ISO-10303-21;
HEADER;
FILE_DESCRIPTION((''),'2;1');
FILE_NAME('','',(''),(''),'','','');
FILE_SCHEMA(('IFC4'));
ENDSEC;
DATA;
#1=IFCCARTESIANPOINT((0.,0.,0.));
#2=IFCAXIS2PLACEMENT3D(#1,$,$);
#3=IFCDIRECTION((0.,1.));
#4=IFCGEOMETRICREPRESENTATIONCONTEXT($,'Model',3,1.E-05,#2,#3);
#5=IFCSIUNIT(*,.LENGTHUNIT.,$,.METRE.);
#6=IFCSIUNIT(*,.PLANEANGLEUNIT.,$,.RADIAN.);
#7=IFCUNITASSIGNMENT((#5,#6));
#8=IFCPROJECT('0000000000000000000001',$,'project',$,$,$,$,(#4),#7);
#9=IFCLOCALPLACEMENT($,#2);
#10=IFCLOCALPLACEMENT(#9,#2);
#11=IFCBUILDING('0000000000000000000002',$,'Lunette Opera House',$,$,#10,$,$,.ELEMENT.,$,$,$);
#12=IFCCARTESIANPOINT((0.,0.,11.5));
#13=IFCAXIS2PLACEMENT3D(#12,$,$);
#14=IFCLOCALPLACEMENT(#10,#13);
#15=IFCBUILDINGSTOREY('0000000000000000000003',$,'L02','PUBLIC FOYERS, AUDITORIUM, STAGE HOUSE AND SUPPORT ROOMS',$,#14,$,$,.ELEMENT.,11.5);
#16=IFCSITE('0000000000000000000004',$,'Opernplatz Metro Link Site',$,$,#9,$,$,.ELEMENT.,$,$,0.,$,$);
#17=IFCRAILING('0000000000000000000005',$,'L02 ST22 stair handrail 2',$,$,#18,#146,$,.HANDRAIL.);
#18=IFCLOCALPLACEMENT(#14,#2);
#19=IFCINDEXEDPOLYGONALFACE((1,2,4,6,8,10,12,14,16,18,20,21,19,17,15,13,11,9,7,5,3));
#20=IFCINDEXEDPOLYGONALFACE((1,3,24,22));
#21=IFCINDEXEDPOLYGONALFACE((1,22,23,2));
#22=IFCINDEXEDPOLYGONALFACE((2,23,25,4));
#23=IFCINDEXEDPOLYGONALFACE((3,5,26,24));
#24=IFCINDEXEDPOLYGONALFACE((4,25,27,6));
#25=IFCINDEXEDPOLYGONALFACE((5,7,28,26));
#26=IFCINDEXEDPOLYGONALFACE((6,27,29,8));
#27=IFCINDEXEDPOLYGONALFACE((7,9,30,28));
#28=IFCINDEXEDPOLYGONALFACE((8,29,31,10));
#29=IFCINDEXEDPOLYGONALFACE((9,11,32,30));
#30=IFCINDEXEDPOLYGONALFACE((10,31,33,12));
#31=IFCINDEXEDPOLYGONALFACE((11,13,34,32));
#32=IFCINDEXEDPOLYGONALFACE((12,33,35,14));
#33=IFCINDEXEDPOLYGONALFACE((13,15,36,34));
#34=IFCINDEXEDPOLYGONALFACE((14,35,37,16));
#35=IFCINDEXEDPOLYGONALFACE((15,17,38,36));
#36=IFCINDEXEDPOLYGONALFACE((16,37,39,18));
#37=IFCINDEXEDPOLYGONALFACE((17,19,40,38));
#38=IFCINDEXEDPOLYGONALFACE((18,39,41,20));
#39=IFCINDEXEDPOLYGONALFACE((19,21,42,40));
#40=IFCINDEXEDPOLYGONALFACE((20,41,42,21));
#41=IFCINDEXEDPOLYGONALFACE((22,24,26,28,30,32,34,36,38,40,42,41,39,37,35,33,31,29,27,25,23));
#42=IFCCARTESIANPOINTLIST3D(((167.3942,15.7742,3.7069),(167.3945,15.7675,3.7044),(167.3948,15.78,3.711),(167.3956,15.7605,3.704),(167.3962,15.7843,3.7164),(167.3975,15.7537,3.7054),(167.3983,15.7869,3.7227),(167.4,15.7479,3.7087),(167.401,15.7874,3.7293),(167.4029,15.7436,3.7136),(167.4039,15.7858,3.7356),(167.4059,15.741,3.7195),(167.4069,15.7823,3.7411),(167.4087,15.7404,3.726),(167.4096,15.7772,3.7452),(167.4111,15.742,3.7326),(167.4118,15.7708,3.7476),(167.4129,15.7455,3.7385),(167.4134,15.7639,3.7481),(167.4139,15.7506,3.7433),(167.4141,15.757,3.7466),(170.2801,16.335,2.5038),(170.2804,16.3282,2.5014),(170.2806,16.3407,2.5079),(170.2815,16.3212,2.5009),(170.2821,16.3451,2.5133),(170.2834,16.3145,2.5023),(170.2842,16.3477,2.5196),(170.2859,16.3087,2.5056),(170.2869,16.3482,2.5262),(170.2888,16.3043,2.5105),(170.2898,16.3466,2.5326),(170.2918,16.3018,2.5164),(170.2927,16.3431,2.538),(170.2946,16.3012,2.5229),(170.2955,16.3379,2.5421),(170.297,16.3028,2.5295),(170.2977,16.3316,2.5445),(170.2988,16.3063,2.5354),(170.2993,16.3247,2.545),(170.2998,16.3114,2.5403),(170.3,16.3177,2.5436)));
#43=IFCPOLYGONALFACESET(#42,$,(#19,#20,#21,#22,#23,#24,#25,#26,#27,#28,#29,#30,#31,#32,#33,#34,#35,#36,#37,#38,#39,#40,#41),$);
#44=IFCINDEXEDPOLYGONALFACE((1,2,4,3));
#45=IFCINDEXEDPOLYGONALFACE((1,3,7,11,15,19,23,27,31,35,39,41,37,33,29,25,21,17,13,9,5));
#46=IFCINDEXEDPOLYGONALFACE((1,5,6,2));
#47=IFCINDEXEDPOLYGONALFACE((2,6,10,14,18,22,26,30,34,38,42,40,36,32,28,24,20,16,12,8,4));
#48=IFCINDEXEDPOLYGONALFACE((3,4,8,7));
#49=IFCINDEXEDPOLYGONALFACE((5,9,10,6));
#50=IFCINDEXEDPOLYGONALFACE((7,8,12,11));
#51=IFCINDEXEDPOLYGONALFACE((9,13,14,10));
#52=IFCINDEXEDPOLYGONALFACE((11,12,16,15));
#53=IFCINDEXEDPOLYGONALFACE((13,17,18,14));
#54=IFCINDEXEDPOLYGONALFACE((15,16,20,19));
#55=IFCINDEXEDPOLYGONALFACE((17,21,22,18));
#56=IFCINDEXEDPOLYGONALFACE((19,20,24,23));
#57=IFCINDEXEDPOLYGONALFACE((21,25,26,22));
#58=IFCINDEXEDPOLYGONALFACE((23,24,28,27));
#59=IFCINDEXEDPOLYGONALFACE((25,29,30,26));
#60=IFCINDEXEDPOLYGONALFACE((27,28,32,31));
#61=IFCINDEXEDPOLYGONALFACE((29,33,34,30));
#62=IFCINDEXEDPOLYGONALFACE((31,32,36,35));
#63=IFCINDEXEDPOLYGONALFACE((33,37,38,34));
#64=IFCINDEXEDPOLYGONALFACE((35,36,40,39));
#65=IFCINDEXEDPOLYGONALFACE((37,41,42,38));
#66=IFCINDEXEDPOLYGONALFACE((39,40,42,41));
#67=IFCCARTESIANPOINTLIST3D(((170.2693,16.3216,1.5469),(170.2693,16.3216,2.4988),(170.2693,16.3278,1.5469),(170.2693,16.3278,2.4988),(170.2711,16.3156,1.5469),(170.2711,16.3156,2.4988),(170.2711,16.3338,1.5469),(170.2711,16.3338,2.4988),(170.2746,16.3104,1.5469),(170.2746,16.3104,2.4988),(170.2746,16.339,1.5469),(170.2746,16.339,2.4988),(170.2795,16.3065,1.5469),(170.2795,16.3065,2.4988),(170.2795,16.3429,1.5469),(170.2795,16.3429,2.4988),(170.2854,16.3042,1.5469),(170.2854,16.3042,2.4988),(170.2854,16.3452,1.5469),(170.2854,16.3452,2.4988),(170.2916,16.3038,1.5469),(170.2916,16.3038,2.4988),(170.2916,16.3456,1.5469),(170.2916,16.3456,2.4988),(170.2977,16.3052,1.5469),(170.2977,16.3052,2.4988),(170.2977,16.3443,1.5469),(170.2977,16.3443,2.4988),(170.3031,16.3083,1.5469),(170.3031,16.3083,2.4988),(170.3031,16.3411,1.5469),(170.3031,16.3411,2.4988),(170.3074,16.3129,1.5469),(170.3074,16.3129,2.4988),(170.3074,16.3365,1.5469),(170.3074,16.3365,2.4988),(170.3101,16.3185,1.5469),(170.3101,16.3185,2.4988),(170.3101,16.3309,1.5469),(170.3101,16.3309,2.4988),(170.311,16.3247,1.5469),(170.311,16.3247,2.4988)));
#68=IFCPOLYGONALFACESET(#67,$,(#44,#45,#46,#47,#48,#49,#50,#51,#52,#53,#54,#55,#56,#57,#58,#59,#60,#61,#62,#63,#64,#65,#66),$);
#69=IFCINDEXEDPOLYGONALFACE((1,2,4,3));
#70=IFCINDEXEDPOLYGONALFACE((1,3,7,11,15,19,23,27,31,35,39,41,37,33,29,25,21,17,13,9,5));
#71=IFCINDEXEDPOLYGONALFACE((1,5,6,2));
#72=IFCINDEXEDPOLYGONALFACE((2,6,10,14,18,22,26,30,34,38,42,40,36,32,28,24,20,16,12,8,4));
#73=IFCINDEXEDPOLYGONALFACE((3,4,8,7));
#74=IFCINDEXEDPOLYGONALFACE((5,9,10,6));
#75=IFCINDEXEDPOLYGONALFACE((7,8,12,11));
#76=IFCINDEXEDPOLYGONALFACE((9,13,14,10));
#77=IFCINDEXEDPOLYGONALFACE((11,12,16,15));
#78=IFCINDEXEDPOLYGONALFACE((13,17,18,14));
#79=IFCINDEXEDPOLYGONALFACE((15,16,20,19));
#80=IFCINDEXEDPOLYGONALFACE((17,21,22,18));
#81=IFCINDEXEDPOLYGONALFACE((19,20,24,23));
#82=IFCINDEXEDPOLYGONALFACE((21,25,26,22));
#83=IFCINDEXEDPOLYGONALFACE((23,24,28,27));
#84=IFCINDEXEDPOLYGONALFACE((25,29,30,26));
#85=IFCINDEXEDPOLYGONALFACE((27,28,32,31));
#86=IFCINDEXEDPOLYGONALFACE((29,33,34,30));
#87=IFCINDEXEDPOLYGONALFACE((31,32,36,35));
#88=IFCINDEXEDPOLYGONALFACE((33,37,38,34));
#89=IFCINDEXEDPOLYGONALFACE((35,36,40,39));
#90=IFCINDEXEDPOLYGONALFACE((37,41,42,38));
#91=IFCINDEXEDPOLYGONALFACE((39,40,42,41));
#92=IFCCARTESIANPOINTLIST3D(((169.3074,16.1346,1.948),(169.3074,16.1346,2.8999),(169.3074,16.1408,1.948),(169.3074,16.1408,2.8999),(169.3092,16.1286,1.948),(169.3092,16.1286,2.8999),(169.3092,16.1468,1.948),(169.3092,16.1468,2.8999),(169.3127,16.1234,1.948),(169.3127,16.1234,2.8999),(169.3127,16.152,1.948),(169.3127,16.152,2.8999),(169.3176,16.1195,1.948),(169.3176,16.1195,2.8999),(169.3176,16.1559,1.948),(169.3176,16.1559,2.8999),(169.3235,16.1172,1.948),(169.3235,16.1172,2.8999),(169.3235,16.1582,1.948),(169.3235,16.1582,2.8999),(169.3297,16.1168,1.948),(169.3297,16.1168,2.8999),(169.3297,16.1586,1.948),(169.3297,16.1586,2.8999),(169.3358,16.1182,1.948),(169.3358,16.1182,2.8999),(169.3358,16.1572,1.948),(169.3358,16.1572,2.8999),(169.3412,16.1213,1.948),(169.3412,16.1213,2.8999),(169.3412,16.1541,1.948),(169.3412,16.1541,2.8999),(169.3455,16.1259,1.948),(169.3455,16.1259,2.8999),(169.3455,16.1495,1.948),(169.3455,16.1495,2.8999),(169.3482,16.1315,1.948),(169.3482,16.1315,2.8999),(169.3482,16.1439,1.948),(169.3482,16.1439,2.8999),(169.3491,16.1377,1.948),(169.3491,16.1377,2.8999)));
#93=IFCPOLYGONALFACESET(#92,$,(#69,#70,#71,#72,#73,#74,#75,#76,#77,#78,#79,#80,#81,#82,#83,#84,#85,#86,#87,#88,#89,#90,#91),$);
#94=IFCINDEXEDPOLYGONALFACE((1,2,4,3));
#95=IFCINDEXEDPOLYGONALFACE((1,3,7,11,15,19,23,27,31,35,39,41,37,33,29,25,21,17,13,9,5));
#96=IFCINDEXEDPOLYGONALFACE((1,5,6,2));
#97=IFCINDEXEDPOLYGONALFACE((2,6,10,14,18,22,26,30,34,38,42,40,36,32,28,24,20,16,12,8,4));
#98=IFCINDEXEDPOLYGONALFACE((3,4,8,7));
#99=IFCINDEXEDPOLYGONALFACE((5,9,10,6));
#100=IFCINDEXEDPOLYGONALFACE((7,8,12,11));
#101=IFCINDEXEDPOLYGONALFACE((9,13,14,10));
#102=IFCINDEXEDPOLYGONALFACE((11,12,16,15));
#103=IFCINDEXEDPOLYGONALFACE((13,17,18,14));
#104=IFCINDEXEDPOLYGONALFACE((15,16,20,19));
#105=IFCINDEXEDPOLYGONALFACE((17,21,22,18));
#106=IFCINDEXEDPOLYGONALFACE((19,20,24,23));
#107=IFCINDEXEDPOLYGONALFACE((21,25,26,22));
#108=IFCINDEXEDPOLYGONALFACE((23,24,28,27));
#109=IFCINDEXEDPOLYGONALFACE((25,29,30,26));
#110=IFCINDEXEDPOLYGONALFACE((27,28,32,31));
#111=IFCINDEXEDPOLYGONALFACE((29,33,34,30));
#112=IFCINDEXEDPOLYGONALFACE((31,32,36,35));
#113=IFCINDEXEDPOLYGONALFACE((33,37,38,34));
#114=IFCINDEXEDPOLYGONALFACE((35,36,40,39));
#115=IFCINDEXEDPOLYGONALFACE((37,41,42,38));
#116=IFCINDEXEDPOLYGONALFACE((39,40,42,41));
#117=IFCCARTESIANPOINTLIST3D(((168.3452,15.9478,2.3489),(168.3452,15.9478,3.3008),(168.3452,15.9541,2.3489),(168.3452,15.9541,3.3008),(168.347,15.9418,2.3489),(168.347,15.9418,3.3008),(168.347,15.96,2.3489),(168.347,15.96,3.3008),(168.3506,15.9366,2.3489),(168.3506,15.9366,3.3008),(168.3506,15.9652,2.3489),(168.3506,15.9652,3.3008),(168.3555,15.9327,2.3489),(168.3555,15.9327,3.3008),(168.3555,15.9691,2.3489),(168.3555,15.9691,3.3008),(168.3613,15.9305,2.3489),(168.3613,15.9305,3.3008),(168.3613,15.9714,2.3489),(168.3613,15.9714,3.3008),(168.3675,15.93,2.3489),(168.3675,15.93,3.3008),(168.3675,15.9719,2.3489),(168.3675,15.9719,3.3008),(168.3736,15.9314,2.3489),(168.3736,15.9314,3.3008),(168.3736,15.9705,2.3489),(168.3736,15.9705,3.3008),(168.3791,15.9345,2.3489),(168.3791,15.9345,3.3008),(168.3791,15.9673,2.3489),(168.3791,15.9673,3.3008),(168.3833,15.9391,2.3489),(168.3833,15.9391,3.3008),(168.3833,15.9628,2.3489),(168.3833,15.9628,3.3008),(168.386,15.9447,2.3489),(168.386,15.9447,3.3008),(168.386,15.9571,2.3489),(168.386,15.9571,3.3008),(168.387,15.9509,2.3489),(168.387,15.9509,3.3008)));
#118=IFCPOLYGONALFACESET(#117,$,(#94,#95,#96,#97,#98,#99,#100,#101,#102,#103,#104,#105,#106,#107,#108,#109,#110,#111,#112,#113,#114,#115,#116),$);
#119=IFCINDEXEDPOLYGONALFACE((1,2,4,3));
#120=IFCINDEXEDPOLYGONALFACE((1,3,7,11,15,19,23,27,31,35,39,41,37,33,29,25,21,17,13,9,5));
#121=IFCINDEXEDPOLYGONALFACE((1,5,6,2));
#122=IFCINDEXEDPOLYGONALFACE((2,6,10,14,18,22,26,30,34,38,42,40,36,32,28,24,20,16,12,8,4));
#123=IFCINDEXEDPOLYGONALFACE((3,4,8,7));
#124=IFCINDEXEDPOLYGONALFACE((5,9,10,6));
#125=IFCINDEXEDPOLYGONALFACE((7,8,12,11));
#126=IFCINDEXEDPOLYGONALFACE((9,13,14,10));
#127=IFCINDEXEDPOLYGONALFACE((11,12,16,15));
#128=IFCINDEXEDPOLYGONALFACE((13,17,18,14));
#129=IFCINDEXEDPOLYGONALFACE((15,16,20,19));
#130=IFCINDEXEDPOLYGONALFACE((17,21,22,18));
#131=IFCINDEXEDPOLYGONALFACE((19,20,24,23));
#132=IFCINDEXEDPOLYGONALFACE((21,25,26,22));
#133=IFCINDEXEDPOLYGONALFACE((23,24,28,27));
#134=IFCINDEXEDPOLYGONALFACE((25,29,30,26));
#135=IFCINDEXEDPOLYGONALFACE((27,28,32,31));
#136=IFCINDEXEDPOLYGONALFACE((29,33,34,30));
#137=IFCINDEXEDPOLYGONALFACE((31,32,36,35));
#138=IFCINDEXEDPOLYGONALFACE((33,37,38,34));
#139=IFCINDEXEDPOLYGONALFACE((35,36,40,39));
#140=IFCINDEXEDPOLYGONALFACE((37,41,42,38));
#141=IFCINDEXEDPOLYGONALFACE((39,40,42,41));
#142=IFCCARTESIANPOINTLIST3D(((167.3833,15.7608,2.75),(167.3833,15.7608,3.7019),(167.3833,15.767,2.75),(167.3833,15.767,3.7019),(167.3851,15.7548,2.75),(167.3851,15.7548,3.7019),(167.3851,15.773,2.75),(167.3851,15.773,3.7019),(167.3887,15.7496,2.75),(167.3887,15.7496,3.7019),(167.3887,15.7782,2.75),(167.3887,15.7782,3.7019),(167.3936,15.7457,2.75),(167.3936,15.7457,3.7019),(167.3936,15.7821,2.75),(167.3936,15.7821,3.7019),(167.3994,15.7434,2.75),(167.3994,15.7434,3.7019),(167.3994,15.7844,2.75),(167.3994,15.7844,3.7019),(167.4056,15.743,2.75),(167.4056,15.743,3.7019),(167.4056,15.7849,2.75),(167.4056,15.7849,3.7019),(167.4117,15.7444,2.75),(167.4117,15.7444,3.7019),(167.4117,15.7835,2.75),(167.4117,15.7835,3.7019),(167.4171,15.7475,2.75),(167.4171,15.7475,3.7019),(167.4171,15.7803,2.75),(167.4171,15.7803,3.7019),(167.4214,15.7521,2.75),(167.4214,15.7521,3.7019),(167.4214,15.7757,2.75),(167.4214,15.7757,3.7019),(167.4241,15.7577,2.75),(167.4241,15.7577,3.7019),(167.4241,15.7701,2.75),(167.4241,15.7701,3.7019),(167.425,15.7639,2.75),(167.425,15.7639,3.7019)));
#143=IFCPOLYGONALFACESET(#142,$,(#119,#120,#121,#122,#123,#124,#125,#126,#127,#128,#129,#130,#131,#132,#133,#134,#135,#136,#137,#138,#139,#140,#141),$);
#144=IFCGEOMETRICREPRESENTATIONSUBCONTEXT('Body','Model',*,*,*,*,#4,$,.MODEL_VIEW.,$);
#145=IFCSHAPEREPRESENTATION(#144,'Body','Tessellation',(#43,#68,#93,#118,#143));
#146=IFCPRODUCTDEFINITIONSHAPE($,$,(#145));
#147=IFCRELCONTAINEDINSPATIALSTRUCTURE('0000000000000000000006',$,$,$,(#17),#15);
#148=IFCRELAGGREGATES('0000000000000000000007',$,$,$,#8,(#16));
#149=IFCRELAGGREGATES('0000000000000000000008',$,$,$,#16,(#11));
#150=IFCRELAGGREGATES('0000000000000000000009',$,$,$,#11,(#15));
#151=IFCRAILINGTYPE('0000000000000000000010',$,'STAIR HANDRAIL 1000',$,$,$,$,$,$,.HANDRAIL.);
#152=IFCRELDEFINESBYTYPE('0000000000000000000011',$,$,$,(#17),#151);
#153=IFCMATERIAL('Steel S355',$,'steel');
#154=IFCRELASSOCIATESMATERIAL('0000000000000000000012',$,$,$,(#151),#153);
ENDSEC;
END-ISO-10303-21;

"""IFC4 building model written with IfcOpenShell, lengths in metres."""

from ifc_helpers import new_model, si_unit, direction, frame, origin, origin_2d, place, context, subcontext, project, spatial, circle, extrude, material, type_object, element, save


model = new_model("IFC4")

# Units and contexts
model_context = context("Model", 3, precision=1e-05, world=origin(), true_north=direction((0.0, 1.0)))
body_context = subcontext(model_context, "Body", "Model", "MODEL_VIEW")
ifc_project = project(units=[si_unit("LENGTHUNIT", "METRE"), si_unit("PLANEANGLEUNIT", "RADIAN")], contexts=[model_context])

# Site, building, storey
site_placement = place(None, origin())
site = spatial("IfcSite", under=ifc_project, at=site_placement, Name="Opernplatz Metro Link Site", CompositionType="ELEMENT", RefElevation=0.0)
building_placement = place(site_placement, origin())
building = spatial("IfcBuilding", under=site, at=building_placement, Name="Lunette Opera House", CompositionType="ELEMENT")
storey_placement = place(building_placement, frame((0.0, 0.0, 11.5)))
storey = spatial("IfcBuildingStorey", under=building, at=storey_placement, Name="L02", Description="PUBLIC FOYERS, AUDITORIUM, STAGE HOUSE AND SUPPORT ROOMS", CompositionType="ELEMENT", Elevation=11.5)

# Railing
ifc_material_1 = material(Name="Steel S355", Category="steel")
railing_type_1 = type_object("IfcRailingType", Name="STAIR HANDRAIL 1000", PredefinedType="HANDRAIL", material=ifc_material_1)
railing_1_placement = place(storey_placement, frame((170.29, 16.3247, 1.5469)))
element("IfcRailing", 1, at=railing_1_placement, inside=storey, type_object=railing_type_1, Name="L02 ST22 stair handrail 2", PredefinedType="HANDRAIL", context=body_context, shape_type="SweptSolid", body=[
    extrude(circle(Radius=0.0239, at=origin_2d()), frame((0.0, 0.0, 0.9761), z_axis=(-0.908509, -0.176537, 0.378744), x_axis=(0.190747, -0.981639, 0.0)), (0.0, 0.0, 1.0), 3.1765),
    extrude(circle(Radius=0.021, at=origin_2d()), origin(), (0.0, 0.0, 1.0), 0.9519),
    extrude(circle(Radius=0.021, at=origin_2d()), frame((-0.9619, -0.187, 0.4011)), (0.0, 0.0, 1.0), 0.9519),
    extrude(circle(Radius=0.021, at=origin_2d()), frame((-1.9241, -0.3738, 0.802)), (0.0, 0.0, 1.0), 0.9519),
    extrude(circle(Radius=0.021, at=origin_2d()), frame((-2.886, -0.5608, 1.2031)), (0.0, 0.0, 1.0), 0.9519),
])

save(model, "model.ifc")
